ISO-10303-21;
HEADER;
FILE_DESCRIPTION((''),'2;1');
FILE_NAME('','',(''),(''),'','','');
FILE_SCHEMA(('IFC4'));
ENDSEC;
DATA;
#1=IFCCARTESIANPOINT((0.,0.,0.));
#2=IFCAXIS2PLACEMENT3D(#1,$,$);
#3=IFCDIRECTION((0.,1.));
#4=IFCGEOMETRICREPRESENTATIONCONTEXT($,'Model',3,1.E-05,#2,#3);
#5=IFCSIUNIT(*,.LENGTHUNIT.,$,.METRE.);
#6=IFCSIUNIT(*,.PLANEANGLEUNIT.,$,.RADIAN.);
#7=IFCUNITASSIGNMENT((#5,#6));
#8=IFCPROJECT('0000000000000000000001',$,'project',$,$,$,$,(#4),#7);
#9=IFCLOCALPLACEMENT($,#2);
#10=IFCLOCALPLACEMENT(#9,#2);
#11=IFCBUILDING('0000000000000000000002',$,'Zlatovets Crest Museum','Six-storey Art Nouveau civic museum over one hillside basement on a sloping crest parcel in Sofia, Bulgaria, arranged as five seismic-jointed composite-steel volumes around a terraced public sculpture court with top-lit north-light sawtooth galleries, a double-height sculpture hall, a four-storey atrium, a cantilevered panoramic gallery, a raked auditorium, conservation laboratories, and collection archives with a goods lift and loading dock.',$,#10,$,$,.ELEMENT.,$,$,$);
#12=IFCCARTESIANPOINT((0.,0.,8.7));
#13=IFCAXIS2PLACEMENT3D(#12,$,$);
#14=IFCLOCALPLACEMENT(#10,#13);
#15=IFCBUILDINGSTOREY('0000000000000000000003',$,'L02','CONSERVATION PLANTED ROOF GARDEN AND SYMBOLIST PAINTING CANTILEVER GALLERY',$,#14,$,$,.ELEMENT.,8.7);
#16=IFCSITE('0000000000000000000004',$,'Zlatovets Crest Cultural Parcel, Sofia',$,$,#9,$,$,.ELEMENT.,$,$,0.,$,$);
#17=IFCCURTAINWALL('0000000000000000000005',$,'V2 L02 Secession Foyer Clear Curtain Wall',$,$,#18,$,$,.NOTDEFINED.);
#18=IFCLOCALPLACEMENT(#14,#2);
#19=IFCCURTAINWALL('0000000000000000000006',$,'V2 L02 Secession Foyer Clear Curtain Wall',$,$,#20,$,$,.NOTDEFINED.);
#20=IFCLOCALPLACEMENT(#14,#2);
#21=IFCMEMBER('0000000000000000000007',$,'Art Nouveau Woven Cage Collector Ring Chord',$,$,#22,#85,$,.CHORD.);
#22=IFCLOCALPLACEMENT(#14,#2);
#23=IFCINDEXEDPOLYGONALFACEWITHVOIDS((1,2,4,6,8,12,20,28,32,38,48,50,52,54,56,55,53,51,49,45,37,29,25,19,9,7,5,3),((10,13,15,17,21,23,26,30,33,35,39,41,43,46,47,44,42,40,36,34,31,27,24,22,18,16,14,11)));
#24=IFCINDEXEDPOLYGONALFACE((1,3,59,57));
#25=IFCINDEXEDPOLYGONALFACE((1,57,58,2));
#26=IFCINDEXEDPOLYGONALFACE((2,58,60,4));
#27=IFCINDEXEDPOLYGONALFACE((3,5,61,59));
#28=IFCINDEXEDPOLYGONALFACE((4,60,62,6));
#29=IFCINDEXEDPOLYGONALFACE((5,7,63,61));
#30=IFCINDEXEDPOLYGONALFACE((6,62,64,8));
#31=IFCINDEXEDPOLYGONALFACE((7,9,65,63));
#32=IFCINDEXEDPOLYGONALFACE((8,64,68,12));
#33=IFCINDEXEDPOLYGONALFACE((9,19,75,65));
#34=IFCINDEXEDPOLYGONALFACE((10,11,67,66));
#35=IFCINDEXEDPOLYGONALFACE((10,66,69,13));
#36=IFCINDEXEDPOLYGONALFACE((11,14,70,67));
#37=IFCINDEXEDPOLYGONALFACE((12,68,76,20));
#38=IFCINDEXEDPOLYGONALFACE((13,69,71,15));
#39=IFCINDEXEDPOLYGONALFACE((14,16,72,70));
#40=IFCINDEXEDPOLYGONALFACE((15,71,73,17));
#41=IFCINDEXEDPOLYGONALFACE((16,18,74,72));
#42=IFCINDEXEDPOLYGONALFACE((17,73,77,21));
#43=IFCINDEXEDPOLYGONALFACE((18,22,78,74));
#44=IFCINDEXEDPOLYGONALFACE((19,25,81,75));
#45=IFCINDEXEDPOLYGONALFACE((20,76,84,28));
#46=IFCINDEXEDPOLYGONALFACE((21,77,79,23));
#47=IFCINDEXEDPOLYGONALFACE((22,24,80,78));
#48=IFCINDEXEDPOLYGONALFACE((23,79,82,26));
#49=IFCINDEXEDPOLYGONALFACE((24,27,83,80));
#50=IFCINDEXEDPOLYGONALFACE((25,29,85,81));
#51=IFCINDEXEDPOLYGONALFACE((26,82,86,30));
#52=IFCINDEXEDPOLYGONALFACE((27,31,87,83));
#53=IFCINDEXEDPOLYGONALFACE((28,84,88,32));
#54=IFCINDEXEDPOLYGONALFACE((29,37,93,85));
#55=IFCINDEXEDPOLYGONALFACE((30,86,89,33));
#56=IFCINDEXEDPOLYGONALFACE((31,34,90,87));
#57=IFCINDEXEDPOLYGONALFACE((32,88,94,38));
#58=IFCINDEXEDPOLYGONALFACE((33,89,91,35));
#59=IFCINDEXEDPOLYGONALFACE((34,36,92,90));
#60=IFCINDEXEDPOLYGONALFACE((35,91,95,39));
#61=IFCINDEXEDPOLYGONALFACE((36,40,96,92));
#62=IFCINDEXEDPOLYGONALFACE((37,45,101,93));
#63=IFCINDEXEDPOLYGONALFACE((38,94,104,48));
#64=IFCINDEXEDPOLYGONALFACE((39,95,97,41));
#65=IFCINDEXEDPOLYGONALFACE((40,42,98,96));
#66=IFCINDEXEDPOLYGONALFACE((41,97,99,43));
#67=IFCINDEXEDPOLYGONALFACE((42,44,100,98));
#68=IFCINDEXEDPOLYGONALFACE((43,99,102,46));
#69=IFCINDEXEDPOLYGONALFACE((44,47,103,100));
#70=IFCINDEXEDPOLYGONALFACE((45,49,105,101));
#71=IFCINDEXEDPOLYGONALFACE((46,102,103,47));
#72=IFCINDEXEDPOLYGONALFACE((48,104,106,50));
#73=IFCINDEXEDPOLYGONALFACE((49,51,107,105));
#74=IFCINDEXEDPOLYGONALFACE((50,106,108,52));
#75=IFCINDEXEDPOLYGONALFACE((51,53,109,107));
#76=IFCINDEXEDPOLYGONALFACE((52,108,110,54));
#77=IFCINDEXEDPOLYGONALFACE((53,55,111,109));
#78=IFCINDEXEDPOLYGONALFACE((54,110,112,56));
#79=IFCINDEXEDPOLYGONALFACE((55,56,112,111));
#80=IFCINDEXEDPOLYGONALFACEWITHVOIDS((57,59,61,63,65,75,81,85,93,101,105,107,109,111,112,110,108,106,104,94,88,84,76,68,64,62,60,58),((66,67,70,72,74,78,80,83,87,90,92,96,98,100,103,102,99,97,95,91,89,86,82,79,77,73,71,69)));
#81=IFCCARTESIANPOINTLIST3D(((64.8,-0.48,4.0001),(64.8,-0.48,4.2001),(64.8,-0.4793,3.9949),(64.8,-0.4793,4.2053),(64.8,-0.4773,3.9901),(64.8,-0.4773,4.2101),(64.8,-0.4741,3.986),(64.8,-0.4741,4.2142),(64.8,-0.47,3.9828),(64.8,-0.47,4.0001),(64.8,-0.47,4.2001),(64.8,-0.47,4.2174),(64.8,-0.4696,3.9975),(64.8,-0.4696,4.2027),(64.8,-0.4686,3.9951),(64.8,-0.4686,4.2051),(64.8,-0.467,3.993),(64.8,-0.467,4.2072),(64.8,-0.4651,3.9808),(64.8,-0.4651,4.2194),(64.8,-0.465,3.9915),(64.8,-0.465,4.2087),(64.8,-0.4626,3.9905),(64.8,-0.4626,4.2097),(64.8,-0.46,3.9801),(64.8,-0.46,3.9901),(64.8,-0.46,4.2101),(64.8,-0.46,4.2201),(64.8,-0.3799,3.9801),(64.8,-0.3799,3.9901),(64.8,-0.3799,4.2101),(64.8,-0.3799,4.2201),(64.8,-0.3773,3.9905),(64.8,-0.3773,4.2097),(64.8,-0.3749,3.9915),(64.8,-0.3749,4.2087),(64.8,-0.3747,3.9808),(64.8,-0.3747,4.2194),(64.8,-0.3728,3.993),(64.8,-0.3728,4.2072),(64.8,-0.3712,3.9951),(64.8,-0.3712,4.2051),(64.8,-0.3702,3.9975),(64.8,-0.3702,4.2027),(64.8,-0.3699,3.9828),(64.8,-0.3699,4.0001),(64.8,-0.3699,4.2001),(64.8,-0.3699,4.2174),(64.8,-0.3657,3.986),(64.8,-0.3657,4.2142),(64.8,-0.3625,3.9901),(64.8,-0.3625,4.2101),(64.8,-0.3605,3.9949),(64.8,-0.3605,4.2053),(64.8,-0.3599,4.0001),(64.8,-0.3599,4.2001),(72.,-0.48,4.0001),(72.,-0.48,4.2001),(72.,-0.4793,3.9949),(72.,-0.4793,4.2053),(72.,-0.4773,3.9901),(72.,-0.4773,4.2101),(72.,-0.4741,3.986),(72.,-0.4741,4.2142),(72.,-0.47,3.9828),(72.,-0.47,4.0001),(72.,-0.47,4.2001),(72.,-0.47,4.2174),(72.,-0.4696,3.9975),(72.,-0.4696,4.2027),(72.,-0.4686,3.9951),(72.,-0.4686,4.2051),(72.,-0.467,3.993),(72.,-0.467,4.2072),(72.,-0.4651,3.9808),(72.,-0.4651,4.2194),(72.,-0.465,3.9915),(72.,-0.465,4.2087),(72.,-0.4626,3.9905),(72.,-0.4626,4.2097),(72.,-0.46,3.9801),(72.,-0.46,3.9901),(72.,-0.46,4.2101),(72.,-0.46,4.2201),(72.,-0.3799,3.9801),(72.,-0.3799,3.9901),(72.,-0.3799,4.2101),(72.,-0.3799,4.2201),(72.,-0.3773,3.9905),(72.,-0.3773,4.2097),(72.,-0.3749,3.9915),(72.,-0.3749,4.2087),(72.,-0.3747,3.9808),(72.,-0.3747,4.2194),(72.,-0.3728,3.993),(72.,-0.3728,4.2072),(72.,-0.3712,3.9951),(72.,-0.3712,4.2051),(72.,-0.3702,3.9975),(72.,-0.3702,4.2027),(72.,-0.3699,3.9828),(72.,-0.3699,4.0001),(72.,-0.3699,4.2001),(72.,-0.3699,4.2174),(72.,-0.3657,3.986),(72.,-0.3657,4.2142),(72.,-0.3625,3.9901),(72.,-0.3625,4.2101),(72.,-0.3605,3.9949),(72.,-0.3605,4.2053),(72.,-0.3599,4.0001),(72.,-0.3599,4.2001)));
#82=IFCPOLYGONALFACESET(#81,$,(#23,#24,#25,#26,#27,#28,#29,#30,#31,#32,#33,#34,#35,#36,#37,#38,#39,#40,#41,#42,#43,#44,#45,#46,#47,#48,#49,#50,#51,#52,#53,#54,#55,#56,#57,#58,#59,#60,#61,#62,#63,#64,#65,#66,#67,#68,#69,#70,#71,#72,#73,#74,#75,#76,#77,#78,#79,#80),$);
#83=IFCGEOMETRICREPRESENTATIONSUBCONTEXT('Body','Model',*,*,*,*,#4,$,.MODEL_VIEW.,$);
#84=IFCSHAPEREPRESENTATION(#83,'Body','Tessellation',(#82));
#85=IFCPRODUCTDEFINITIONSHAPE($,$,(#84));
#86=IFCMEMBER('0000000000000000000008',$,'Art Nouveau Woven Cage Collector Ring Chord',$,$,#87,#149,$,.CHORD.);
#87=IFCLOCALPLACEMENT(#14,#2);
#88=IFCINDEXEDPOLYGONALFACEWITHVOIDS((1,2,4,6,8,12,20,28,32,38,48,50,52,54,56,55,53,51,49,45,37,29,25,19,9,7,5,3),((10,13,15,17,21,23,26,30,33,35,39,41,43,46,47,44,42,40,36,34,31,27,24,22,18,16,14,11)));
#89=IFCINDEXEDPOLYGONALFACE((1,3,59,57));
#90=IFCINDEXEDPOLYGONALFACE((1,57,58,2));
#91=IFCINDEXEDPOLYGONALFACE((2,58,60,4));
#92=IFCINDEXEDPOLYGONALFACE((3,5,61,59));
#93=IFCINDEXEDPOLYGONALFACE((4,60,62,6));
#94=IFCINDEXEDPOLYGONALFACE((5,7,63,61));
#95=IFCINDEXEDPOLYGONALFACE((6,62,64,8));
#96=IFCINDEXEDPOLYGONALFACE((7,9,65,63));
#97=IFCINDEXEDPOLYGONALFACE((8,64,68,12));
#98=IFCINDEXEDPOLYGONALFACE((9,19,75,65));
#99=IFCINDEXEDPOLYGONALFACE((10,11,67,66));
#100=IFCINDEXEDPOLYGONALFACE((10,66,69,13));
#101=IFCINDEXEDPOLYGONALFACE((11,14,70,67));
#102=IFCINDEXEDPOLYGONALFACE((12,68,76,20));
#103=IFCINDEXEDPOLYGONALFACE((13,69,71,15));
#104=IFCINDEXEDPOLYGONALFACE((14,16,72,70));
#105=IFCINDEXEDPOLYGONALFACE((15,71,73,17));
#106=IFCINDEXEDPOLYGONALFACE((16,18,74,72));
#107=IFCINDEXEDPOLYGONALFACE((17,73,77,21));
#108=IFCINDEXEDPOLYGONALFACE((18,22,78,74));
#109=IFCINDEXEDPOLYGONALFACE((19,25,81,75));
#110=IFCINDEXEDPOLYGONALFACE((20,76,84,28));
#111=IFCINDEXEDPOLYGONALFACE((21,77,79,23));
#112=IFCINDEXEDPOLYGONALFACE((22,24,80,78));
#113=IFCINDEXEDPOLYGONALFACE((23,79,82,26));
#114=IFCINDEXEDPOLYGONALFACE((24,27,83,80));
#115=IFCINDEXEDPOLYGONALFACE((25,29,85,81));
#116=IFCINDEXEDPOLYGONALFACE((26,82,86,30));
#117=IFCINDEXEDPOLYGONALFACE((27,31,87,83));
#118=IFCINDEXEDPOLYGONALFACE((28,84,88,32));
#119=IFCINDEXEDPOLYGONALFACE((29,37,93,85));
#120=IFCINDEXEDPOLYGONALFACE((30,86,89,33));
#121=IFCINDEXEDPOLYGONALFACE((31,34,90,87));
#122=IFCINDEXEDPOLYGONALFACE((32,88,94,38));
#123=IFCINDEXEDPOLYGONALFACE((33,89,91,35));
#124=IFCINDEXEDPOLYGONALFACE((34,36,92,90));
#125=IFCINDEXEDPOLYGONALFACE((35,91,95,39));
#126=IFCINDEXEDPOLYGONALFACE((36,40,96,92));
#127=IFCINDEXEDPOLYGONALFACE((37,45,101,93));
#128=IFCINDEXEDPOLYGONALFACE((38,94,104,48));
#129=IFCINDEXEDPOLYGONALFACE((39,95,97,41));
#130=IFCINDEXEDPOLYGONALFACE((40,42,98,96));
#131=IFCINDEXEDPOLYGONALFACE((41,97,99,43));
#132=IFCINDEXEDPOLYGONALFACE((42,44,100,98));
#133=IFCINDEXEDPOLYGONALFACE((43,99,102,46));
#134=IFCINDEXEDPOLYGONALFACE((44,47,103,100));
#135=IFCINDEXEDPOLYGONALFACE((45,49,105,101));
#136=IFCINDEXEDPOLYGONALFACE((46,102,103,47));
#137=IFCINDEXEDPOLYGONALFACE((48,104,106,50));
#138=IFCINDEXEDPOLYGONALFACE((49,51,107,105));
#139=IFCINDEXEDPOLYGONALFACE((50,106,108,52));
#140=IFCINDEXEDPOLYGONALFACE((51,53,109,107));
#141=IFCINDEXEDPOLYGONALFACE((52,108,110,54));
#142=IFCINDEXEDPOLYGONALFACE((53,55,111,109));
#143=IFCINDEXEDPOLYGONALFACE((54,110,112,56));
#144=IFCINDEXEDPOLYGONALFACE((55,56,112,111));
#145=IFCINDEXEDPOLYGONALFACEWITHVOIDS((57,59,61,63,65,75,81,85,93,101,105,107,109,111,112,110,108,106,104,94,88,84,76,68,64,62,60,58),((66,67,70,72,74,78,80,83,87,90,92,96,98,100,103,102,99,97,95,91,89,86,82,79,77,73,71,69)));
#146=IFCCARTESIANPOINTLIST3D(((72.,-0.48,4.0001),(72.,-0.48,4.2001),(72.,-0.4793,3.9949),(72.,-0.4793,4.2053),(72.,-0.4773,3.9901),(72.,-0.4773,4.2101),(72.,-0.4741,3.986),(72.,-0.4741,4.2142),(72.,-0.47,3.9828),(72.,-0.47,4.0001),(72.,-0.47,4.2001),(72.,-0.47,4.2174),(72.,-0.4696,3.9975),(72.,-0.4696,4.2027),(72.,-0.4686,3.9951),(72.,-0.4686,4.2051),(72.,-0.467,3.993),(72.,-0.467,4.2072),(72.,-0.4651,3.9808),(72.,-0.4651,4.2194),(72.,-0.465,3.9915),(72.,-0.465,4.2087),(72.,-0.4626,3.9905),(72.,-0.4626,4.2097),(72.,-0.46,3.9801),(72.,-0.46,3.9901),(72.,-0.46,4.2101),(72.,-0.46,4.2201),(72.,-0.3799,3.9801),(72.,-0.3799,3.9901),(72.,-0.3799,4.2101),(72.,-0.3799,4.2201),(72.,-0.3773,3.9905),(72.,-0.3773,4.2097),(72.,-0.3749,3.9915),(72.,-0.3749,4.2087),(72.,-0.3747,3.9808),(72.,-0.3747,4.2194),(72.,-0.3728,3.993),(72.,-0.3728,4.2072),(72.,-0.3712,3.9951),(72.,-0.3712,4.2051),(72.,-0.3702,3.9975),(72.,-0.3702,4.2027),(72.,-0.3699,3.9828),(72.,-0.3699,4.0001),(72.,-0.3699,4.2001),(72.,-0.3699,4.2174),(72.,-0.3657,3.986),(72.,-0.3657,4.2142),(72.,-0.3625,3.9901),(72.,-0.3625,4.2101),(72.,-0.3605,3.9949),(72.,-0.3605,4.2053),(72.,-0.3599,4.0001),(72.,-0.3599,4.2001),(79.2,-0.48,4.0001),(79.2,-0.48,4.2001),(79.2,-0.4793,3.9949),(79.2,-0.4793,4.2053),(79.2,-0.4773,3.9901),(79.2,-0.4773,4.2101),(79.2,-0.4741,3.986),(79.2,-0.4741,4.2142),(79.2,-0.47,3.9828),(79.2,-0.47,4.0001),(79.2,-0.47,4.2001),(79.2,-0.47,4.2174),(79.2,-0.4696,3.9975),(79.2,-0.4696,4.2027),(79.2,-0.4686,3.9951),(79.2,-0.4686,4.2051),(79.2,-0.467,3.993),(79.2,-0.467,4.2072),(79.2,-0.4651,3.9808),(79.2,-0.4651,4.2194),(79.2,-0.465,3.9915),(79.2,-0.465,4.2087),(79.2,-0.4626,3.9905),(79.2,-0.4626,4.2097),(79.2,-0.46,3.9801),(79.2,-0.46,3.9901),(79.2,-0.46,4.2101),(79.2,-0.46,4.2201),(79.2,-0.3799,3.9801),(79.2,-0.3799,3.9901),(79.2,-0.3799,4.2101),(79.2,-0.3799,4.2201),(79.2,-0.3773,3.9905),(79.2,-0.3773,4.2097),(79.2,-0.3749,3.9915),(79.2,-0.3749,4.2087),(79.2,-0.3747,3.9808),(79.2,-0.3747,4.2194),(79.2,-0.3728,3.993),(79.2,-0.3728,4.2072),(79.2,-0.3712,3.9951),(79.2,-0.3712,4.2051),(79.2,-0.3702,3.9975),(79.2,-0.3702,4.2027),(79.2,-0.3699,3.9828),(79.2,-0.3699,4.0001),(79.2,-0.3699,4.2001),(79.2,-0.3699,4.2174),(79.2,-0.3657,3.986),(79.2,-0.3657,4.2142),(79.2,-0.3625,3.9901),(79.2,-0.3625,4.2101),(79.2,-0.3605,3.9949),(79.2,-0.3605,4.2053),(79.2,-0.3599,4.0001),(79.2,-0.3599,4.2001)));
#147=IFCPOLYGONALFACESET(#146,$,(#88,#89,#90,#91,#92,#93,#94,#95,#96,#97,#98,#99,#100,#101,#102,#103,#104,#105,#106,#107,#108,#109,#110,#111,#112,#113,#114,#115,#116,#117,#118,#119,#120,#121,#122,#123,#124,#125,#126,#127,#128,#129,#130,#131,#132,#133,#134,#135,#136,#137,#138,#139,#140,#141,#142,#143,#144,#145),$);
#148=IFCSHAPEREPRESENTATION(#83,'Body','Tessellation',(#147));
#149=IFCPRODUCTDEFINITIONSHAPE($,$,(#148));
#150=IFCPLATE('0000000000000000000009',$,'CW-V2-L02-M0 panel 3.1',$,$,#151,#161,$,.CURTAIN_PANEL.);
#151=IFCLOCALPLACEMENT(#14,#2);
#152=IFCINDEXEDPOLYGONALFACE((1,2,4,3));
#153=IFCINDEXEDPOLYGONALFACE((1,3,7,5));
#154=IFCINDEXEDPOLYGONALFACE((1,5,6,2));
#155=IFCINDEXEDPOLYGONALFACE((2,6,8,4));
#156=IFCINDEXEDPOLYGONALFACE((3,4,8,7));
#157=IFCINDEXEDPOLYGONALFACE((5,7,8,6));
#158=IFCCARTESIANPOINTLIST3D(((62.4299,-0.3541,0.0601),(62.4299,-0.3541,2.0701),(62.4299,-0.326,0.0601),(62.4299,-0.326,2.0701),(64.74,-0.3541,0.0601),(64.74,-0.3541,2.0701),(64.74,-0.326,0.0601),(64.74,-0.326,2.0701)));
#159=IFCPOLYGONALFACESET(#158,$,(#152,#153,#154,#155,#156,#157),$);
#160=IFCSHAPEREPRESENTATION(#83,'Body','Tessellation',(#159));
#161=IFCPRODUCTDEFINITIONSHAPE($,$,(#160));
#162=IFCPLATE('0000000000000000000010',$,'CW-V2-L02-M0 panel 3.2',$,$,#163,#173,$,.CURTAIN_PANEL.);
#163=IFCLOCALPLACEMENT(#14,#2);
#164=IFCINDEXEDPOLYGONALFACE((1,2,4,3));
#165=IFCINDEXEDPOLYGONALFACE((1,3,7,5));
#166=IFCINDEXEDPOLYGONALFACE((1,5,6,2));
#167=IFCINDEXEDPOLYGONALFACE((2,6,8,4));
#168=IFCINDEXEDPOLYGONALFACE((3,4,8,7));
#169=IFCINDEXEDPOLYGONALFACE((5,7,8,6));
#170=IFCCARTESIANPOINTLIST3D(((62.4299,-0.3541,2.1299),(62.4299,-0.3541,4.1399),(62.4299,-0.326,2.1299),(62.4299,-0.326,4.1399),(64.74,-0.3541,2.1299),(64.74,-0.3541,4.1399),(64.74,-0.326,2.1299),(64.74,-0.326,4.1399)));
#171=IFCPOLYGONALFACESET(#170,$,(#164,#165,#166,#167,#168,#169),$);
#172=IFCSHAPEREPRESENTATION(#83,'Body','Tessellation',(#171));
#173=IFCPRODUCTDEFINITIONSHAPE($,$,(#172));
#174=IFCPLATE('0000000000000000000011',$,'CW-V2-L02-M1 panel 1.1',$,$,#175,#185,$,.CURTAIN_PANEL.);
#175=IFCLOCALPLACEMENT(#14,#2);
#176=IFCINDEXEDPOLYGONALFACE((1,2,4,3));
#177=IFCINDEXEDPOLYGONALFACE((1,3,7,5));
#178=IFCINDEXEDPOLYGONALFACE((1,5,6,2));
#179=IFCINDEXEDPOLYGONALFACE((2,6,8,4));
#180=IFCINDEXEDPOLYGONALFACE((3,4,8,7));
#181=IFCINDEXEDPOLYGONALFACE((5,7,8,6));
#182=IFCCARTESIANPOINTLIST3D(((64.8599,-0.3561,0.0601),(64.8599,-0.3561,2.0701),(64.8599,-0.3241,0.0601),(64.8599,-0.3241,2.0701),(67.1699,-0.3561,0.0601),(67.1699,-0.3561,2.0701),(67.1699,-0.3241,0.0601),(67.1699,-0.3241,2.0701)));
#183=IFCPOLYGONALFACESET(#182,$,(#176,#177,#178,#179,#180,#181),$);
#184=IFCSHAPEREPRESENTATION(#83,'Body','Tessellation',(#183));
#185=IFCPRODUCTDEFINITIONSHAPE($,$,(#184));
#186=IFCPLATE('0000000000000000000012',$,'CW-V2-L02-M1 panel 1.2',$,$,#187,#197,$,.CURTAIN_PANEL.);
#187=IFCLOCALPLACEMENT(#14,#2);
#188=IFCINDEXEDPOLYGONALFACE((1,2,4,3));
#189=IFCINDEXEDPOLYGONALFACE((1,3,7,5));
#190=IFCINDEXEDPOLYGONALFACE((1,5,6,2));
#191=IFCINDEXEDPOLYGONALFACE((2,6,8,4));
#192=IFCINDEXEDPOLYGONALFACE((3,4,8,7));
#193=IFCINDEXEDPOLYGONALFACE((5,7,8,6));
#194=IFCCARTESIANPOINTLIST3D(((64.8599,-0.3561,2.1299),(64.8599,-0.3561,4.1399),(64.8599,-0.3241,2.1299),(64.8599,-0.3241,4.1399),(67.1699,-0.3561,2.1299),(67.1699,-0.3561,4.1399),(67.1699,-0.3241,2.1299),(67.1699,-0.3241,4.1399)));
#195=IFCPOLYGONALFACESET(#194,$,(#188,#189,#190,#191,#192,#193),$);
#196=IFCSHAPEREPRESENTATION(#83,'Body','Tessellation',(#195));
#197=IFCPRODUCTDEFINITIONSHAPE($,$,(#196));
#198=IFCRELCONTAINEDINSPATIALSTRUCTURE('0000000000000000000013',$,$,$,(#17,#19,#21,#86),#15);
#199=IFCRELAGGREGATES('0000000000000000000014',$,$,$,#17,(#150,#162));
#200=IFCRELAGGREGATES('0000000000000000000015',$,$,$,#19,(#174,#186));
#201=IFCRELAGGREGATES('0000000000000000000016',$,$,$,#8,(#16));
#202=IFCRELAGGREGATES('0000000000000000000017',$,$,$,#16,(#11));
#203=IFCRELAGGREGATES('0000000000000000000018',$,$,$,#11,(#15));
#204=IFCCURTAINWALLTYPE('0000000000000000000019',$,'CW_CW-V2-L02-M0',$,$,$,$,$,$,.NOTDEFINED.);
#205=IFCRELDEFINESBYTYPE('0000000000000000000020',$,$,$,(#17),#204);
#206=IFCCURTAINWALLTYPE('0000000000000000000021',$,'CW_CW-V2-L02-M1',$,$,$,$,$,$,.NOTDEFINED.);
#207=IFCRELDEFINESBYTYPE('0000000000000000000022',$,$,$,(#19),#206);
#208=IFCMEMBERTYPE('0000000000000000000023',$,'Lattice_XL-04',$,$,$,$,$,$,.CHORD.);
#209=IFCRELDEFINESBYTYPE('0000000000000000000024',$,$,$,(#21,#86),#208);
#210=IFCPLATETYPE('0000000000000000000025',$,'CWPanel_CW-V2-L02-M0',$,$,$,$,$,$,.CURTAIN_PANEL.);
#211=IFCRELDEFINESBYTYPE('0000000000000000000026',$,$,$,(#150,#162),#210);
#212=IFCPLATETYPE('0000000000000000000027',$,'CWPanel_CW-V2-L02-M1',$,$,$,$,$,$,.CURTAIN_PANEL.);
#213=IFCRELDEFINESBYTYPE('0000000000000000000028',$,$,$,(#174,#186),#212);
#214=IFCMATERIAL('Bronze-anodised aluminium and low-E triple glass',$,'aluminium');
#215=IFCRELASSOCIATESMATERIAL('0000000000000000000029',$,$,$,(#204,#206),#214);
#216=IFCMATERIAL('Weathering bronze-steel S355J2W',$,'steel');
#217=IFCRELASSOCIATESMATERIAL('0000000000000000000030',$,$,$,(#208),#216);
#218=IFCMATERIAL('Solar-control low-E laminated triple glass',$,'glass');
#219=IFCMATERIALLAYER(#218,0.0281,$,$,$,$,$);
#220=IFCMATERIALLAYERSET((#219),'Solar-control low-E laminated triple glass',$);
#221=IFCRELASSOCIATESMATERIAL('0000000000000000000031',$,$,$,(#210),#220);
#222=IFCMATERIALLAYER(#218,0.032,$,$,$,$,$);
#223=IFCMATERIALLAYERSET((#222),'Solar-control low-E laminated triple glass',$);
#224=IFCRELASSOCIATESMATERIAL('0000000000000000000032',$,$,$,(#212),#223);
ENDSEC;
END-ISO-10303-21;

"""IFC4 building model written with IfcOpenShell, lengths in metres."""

from ifc_helpers import new_model, si_unit, direction, frame, origin, origin_2d, place, context, subcontext, project, spatial, rectangle, hollow_rectangle, extrude, material, layer, layer_set, material_profile, profile_set, type_object, element, aggregate, save


model = new_model("IFC4")

# Units and contexts
model_context = context("Model", 3, precision=1e-05, world=origin(), true_north=direction((0.0, 1.0)))
body_context = subcontext(model_context, "Body", "Model", "MODEL_VIEW")
ifc_project = project(units=[si_unit("LENGTHUNIT", "METRE"), si_unit("PLANEANGLEUNIT", "RADIAN")], contexts=[model_context])

# Site, building, storey
site_placement = place(None, origin())
site = spatial("IfcSite", under=ifc_project, at=site_placement, Name="Zlatovets Crest Cultural Parcel, Sofia", CompositionType="ELEMENT", RefElevation=0.0)
building_placement = place(site_placement, origin())
building = spatial("IfcBuilding", under=site, at=building_placement, Name="Zlatovets Crest Museum", Description="Six-storey Art Nouveau civic museum over one hillside basement on a sloping crest parcel in Sofia, Bulgaria, arranged as five seismic-jointed composite-steel volumes around a terraced public sculpture court with top-lit north-light sawtooth galleries, a double-height sculpture hall, a four-storey atrium, a cantilevered panoramic gallery, a raked auditorium, conservation laboratories, and collection archives with a goods lift and loading dock.", CompositionType="ELEMENT")
storey_placement = place(building_placement, frame((0.0, 0.0, 8.7)))
storey = spatial("IfcBuildingStorey", under=building, at=storey_placement, Name="L02", Description="CONSERVATION PLANTED ROOF GARDEN AND SYMBOLIST PAINTING CANTILEVER GALLERY", CompositionType="ELEMENT", Elevation=8.7)

# Curtain walls
ifc_material_1 = material(Name="Bronze-anodised aluminium and low-E triple glass", Category="aluminium")
curtain_wall_type_1 = type_object("IfcCurtainWallType", Name="CW_CW-V2-L02-M0", PredefinedType="NOTDEFINED", material=ifc_material_1)
curtain_wall_1_placement = place(storey_placement, origin())
curtain_wall_1 = element("IfcCurtainWall", 1, at=curtain_wall_1_placement, inside=storey, type_object=curtain_wall_type_1, Name="V2 L02 Secession Foyer Clear Curtain Wall", PredefinedType="NOTDEFINED")
curtain_wall_type_2 = type_object("IfcCurtainWallType", Name="CW_CW-V2-L02-M1", PredefinedType="NOTDEFINED", material=ifc_material_1)
curtain_wall_2_placement = place(storey_placement, origin())
curtain_wall_2 = element("IfcCurtainWall", 2, at=curtain_wall_2_placement, inside=storey, type_object=curtain_wall_type_2, Name="V2 L02 Secession Foyer Clear Curtain Wall", PredefinedType="NOTDEFINED")

# Members
ifc_material_2 = material(Name="Weathering bronze-steel S355J2W", Category="steel")
ifc_material_profile_1 = material_profile(ifc_material_2, hollow_rectangle(XDim=0.1201, YDim=0.24, WallThickness=0.01, InnerFilletRadius=0.01, OuterFilletRadius=0.02, at=origin_2d()), Name="RHS 120x240x10.0")
ifc_profile_set_1 = profile_set([ifc_material_profile_1], Name="Weathering bronze-steel S355J2W")
member_type_1 = type_object("IfcMemberType", Name="Lattice_XL-04", PredefinedType="CHORD", material=ifc_profile_set_1)
for number, where, z_axis, x_axis, name in (
    (3, (64.8, -0.4199, 4.1001), (1.0, 0.0, 0.0), (0.0, 1.0, 0.0), "Art Nouveau Woven Cage Collector Ring Chord"),
    (4, (72.0, -0.4199, 4.1001), (1.0, 0.0, 0.0), (0.0, 1.0, 0.0), "Art Nouveau Woven Cage Collector Ring Chord"),
):
    element("IfcMember", number, at=place(storey_placement, frame(where, z_axis=z_axis, x_axis=x_axis)), inside=storey, type_object=member_type_1, Name=name, PredefinedType="CHORD", context=body_context, shape_type="SweptSolid", body=[
        extrude(hollow_rectangle(XDim=0.1201, YDim=0.24, WallThickness=0.01, InnerFilletRadius=0.01, OuterFilletRadius=0.02, at=origin_2d()), origin(), (0.0, 0.0, 1.0), 7.2),
    ])

# Plates
ifc_material_3 = material(Name="Solar-control low-E laminated triple glass", Category="glass")
ifc_layer_1 = layer(ifc_material_3, 0.0281)
ifc_layer_set_1 = layer_set([ifc_layer_1], Name="Solar-control low-E laminated triple glass")
plate_type_1 = type_object("IfcPlateType", Name="CWPanel_CW-V2-L02-M0", PredefinedType="CURTAIN_PANEL", material=ifc_layer_set_1)
plate_1_placement = place(storey_placement, frame((63.585, -0.3401, 0.0601), z_axis=(0.0, 0.0, 1.0), x_axis=(1.0, 0.0, 0.0)))
plate_1 = element("IfcPlate", 5, at=plate_1_placement, type_object=plate_type_1, Name="CW-V2-L02-M0 panel 3.1", PredefinedType="CURTAIN_PANEL", context=body_context, shape_type="SweptSolid", body=[
    extrude(rectangle(XDim=2.3101, YDim=0.0281, at=origin_2d()), origin(), (0.0, 0.0, 1.0), 2.01),
])
plate_2_placement = place(storey_placement, frame((63.585, -0.3401, 2.1299), z_axis=(0.0, 0.0, 1.0), x_axis=(1.0, 0.0, 0.0)))
plate_2 = element("IfcPlate", 6, at=plate_2_placement, type_object=plate_type_1, Name="CW-V2-L02-M0 panel 3.2", PredefinedType="CURTAIN_PANEL", context=body_context, shape_type="SweptSolid", body=[
    extrude(rectangle(XDim=2.3101, YDim=0.0281, at=origin_2d()), origin(), (0.0, 0.0, 1.0), 2.01),
])
aggregate(curtain_wall_1, [plate_1, plate_2])
ifc_layer_2 = layer(ifc_material_3, 0.032)
ifc_layer_set_2 = layer_set([ifc_layer_2], Name="Solar-control low-E laminated triple glass")
plate_type_2 = type_object("IfcPlateType", Name="CWPanel_CW-V2-L02-M1", PredefinedType="CURTAIN_PANEL", material=ifc_layer_set_2)
plate_3_placement = place(storey_placement, frame((66.0149, -0.3401, 0.0601), z_axis=(0.0, 0.0, 1.0), x_axis=(1.0, 0.0, 0.0)))
plate_3 = element("IfcPlate", 7, at=plate_3_placement, type_object=plate_type_2, Name="CW-V2-L02-M1 panel 1.1", PredefinedType="CURTAIN_PANEL", context=body_context, shape_type="SweptSolid", body=[
    extrude(rectangle(XDim=2.3101, YDim=0.032, at=origin_2d()), origin(), (0.0, 0.0, 1.0), 2.01),
])
plate_4_placement = place(storey_placement, frame((66.0149, -0.3401, 2.1299), z_axis=(0.0, 0.0, 1.0), x_axis=(1.0, 0.0, 0.0)))
plate_4 = element("IfcPlate", 8, at=plate_4_placement, type_object=plate_type_2, Name="CW-V2-L02-M1 panel 1.2", PredefinedType="CURTAIN_PANEL", context=body_context, shape_type="SweptSolid", body=[
    extrude(rectangle(XDim=2.3101, YDim=0.032, at=origin_2d()), origin(), (0.0, 0.0, 1.0), 2.01),
])
aggregate(curtain_wall_2, [plate_3, plate_4])

save(model, "model.ifc")
